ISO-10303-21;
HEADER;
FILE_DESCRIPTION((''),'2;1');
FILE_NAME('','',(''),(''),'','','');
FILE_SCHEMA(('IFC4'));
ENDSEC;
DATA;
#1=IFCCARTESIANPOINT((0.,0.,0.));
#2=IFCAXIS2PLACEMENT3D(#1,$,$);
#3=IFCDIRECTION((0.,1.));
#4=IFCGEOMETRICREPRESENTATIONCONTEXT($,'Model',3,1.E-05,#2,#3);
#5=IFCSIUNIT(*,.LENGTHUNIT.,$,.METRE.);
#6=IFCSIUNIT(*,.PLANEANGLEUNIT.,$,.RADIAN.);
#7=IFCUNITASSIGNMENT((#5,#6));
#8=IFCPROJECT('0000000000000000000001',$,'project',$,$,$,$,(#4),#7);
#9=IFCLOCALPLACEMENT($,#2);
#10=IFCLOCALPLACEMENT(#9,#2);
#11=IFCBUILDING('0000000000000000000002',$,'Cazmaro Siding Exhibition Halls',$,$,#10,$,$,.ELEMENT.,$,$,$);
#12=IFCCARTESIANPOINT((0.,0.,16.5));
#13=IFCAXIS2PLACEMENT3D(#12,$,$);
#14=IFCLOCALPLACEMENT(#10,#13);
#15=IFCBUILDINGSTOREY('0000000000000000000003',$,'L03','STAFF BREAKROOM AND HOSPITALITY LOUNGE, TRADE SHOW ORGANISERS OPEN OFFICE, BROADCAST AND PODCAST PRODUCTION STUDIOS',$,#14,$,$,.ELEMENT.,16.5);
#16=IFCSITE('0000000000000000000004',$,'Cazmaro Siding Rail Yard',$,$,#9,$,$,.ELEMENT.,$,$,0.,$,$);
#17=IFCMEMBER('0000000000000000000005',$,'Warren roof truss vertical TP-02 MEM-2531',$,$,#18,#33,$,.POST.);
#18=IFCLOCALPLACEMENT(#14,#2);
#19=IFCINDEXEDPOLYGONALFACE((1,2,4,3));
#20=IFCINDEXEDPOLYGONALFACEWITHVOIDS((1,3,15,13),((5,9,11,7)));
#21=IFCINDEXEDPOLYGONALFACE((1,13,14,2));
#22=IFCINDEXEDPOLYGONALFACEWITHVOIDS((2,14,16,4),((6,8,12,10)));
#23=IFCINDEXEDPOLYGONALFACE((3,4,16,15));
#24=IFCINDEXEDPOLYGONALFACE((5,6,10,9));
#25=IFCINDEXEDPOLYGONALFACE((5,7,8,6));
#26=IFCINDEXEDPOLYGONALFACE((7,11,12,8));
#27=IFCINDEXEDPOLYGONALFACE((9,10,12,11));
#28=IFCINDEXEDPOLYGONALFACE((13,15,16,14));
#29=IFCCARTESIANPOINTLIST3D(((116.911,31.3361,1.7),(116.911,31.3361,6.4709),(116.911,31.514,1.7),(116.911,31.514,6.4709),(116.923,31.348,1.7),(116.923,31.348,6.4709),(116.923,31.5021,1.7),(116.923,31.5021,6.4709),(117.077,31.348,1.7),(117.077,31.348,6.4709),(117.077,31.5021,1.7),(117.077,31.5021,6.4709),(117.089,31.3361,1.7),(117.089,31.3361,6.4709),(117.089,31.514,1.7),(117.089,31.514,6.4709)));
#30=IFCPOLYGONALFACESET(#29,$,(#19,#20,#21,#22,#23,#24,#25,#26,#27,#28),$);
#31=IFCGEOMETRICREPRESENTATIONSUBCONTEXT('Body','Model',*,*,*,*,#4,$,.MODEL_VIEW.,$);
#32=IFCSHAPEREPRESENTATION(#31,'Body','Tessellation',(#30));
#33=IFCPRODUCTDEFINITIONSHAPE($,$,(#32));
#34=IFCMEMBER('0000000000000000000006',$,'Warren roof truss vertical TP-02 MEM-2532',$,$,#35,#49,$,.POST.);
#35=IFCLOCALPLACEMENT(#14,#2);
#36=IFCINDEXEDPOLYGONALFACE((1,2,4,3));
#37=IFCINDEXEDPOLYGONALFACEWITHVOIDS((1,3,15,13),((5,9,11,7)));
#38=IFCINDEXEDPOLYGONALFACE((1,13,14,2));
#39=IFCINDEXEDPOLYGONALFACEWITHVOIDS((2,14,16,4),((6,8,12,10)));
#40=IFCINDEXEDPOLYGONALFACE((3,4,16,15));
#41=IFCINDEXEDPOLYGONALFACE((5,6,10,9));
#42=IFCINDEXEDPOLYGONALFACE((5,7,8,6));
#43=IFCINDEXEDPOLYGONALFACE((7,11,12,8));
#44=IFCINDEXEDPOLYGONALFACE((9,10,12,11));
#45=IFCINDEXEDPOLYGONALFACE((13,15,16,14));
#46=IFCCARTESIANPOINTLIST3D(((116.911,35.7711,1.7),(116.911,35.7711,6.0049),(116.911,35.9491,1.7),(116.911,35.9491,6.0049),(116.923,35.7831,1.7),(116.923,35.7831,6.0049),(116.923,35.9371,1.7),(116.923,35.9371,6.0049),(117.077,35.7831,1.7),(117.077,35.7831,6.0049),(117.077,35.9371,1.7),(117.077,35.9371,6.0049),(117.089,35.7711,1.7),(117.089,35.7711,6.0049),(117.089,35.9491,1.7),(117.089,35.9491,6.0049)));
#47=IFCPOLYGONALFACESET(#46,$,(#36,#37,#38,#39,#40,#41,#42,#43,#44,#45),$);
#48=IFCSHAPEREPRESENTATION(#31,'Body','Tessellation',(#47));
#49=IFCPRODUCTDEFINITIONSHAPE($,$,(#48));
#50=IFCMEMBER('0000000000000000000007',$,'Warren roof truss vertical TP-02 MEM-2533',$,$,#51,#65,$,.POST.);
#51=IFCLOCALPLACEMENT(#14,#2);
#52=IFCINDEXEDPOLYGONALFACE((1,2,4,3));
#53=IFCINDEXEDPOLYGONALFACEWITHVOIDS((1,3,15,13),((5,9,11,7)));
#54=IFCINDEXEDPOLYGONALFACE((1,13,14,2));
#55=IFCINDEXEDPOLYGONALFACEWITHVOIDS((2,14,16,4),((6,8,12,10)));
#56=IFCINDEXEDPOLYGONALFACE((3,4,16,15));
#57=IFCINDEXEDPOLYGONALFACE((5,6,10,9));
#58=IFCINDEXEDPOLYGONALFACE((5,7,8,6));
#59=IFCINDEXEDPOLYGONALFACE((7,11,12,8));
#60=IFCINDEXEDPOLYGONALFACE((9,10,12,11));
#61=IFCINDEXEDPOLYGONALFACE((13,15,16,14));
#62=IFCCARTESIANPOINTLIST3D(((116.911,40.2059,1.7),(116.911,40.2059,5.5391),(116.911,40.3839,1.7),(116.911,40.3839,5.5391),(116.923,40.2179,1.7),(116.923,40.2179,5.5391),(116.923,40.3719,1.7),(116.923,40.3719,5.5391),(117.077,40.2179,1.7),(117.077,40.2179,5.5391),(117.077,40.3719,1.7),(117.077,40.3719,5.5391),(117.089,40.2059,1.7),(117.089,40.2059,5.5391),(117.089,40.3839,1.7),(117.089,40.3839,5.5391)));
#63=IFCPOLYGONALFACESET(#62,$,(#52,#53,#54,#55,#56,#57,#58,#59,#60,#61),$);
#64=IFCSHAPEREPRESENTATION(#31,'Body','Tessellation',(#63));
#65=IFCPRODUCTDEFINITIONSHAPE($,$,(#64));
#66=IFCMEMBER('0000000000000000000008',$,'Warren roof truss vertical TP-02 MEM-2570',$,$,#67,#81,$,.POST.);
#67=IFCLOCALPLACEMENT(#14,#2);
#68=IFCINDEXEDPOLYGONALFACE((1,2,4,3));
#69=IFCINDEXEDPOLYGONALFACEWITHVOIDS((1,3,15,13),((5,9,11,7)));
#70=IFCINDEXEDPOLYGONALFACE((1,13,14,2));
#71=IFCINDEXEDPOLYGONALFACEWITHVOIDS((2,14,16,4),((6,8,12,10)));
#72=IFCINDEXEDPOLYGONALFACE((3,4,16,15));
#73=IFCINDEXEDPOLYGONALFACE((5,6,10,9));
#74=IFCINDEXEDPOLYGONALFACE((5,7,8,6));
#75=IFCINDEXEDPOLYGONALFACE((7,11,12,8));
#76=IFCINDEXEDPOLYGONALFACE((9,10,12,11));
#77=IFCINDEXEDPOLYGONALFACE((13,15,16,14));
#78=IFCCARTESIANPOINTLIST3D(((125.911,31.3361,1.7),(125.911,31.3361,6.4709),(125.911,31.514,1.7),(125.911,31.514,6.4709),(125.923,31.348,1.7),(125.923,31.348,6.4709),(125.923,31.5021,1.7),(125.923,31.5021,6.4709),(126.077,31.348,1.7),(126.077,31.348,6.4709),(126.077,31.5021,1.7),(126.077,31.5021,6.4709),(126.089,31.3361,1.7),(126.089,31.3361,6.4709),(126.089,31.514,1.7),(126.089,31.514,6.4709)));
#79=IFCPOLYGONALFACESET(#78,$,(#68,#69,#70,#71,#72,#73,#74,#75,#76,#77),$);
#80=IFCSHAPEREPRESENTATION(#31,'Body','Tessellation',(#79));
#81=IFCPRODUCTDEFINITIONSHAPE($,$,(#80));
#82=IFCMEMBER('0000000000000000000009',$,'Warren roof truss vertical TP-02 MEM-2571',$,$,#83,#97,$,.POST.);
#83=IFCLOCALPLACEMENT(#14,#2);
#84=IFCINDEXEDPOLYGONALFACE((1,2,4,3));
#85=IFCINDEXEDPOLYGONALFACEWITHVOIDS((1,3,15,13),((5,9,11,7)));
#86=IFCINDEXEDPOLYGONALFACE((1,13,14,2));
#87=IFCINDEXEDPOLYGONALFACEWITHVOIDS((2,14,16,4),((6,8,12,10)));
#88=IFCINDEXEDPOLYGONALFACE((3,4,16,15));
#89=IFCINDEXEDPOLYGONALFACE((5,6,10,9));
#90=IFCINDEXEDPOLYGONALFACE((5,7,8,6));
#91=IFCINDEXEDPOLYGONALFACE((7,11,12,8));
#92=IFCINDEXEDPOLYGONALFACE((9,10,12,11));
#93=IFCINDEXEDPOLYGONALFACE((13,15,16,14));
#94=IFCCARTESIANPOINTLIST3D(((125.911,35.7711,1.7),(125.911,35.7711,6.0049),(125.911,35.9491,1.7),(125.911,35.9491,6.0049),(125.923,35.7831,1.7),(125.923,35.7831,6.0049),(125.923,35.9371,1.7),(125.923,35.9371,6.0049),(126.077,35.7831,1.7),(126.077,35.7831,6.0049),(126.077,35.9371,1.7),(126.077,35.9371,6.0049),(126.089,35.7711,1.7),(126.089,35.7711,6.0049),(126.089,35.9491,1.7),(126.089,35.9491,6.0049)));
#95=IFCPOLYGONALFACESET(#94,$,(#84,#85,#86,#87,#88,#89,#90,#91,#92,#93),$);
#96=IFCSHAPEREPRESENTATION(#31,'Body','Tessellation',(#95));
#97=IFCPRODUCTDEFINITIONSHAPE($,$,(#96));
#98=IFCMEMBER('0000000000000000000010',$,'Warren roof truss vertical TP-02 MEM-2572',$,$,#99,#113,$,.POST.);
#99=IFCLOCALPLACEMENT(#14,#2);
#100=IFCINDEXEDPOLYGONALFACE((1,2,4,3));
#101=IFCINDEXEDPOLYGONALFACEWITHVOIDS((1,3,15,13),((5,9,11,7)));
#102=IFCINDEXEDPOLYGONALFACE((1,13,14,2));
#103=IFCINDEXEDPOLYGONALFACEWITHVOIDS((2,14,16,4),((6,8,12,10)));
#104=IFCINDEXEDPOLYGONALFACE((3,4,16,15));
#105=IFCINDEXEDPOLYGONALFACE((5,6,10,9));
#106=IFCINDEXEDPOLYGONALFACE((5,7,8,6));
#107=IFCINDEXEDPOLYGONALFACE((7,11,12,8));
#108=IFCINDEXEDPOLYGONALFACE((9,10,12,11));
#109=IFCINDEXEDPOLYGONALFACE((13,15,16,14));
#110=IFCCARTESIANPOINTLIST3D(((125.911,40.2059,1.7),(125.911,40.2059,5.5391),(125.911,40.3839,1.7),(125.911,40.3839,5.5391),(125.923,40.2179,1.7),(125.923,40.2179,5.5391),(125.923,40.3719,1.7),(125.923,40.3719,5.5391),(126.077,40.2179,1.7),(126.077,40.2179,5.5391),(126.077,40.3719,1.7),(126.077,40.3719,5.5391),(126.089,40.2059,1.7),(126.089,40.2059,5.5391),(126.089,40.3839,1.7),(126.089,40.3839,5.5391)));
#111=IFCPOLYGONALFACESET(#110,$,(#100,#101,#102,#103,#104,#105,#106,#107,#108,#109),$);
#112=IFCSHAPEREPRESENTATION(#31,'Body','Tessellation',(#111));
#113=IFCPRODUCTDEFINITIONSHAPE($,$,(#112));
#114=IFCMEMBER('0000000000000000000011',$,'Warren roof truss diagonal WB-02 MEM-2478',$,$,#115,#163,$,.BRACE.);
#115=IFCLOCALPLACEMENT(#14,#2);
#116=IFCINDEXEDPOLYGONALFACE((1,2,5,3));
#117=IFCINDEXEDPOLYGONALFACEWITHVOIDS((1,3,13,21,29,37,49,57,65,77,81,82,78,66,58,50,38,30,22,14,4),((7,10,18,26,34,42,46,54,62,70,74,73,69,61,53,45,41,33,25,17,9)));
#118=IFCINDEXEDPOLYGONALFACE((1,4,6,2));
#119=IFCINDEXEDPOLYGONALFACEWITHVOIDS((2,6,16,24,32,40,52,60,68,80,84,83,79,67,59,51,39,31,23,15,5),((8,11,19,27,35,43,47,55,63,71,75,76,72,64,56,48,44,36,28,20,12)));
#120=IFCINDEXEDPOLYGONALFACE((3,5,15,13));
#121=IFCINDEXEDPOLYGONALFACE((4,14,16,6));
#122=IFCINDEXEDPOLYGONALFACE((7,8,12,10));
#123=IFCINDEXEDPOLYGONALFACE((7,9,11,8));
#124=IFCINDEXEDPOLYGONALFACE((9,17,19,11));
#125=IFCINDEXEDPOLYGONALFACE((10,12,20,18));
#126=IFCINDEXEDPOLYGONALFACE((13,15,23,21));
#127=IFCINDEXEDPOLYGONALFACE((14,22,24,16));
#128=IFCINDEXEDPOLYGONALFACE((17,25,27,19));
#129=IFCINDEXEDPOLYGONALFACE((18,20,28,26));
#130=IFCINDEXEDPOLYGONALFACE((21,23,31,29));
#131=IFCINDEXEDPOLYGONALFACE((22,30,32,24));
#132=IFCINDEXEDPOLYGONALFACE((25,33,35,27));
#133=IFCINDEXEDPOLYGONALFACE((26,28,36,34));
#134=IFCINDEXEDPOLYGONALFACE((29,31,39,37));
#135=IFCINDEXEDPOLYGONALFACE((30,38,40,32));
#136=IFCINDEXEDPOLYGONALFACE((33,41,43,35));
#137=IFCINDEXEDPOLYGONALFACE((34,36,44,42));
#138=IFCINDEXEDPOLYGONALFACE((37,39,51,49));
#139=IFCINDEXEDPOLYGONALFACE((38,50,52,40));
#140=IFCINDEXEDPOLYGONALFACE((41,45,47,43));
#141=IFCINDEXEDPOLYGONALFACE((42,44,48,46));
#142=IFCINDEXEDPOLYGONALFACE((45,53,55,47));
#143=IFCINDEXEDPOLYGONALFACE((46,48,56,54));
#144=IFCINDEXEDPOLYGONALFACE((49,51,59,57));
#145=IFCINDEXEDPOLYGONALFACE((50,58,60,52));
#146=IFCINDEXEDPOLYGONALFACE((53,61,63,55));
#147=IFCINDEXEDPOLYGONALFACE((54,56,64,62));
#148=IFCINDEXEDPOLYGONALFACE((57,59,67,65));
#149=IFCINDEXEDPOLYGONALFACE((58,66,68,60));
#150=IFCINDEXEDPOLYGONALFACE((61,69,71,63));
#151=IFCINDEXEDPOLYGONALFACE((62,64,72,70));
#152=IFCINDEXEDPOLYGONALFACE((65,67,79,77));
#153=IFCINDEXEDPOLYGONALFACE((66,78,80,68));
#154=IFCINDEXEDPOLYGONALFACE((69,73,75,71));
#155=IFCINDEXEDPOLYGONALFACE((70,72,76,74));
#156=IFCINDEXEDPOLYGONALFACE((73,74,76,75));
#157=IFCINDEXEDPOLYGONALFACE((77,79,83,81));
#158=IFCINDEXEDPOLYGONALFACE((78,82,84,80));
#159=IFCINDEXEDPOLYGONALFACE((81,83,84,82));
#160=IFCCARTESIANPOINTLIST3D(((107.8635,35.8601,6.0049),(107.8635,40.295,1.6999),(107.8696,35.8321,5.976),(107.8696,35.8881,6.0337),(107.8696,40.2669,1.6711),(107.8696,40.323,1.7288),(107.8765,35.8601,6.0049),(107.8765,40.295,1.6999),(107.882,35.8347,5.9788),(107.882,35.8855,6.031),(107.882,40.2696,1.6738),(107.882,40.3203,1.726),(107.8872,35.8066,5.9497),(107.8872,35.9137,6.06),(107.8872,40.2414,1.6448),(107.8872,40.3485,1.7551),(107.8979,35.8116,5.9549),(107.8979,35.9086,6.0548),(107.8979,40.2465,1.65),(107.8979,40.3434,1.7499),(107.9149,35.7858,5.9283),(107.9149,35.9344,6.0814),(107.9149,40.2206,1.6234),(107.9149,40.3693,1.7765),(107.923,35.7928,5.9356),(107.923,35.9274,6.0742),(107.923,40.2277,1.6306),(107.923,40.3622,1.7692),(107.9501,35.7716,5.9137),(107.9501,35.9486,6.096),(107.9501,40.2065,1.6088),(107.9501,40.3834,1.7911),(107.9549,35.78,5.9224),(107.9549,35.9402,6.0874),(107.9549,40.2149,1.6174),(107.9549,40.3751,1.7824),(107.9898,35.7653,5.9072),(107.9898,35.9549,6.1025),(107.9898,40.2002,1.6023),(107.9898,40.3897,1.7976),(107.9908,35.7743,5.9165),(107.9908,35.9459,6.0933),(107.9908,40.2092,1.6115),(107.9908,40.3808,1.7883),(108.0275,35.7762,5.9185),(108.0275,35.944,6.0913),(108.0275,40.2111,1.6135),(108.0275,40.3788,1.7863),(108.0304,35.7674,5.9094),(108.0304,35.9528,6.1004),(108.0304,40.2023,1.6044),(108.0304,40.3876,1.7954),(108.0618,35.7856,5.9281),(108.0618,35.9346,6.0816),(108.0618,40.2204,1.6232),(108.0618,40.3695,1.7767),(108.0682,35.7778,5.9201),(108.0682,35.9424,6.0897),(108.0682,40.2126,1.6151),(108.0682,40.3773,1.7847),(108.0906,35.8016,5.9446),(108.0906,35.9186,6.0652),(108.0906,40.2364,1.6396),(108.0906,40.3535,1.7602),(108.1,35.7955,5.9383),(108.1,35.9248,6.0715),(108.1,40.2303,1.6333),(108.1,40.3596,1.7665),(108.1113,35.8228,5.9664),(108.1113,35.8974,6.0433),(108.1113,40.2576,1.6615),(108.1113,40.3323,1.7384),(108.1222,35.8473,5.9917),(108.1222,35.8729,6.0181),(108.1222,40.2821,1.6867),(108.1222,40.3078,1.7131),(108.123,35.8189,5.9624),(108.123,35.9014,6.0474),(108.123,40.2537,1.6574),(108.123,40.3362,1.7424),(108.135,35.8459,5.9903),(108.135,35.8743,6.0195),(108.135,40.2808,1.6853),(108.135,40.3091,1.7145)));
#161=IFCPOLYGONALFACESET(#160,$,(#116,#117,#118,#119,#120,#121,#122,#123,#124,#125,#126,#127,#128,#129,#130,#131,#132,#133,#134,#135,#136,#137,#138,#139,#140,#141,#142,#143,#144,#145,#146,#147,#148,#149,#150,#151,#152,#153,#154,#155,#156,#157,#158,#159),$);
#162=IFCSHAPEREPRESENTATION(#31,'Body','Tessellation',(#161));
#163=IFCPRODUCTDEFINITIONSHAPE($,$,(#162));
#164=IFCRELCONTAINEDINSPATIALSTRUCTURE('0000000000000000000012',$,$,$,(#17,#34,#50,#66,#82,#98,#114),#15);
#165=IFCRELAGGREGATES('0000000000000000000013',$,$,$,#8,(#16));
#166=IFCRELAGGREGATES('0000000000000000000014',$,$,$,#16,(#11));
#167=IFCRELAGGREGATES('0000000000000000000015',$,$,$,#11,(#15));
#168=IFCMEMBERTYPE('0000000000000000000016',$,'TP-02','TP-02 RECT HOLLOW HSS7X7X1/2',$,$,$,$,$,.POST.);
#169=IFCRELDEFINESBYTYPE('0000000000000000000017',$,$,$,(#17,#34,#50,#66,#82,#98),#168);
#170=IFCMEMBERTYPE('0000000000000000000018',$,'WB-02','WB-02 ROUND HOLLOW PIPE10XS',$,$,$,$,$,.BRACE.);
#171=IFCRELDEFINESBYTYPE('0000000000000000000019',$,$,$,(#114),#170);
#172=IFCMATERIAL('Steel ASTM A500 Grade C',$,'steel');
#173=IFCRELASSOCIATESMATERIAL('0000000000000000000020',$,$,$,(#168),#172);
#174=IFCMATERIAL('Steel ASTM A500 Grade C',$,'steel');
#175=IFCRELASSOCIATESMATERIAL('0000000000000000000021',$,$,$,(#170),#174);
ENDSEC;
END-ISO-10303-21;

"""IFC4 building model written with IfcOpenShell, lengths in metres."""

from ifc_helpers import new_model, si_unit, direction, frame, origin, origin_2d, place, context, subcontext, project, spatial, hollow_rectangle, hollow_circle, extrude, material, material_profile, profile_set, type_object, element, save


model = new_model("IFC4")

# Units and contexts
model_context = context("Model", 3, precision=1e-05, world=origin(), true_north=direction((0.0, 1.0)))
body_context = subcontext(model_context, "Body", "Model", "MODEL_VIEW")
ifc_project = project(units=[si_unit("LENGTHUNIT", "METRE"), si_unit("PLANEANGLEUNIT", "RADIAN")], contexts=[model_context])

# Site, building, storey
site_placement = place(None, origin())
site = spatial("IfcSite", under=ifc_project, at=site_placement, Name="Cazmaro Siding Rail Yard", CompositionType="ELEMENT", RefElevation=0.0)
building_placement = place(site_placement, origin())
building = spatial("IfcBuilding", under=site, at=building_placement, Name="Cazmaro Siding Exhibition Halls", CompositionType="ELEMENT")
storey_placement = place(building_placement, frame((0.0, 0.0, 16.5)))
storey = spatial("IfcBuildingStorey", under=building, at=storey_placement, Name="L03", Description="STAFF BREAKROOM AND HOSPITALITY LOUNGE, TRADE SHOW ORGANISERS OPEN OFFICE, BROADCAST AND PODCAST PRODUCTION STUDIOS", CompositionType="ELEMENT", Elevation=16.5)

# Members
ifc_material_1 = material(Name="Steel ASTM A500 Grade C", Category="steel")
ifc_material_profile_1 = material_profile(ifc_material_1, hollow_rectangle(XDim=0.178, YDim=0.178, WallThickness=0.012, at=origin_2d()), Name="HSS7X7X1/2")
ifc_profile_set_1 = profile_set([ifc_material_profile_1], Name="Steel ASTM A500 Grade C")
member_type_1 = type_object("IfcMemberType", Name="TP-02", Description="TP-02 RECT HOLLOW HSS7X7X1/2", PredefinedType="POST", material=ifc_profile_set_1)
member_1_placement = place(storey_placement, frame((117.0, 31.425, 1.7), z_axis=(0.0, 0.0, 1.0), x_axis=(1.0, 0.0, 0.0)))
element("IfcMember", 1, at=member_1_placement, inside=storey, type_object=member_type_1, Name="Warren roof truss vertical TP-02 MEM-2531", PredefinedType="POST", context=body_context, shape_type="SweptSolid", body=[
    extrude(hollow_rectangle(XDim=0.178, YDim=0.178, WallThickness=0.012, at=origin_2d()), origin(), (0.0, 0.0, 1.0), 4.771),
])
member_2_placement = place(storey_placement, frame((117.0, 35.8601, 1.7), z_axis=(0.0, 0.0, 1.0), x_axis=(1.0, 0.0, 0.0)))
element("IfcMember", 2, at=member_2_placement, inside=storey, type_object=member_type_1, Name="Warren roof truss vertical TP-02 MEM-2532", PredefinedType="POST", context=body_context, shape_type="SweptSolid", body=[
    extrude(hollow_rectangle(XDim=0.178, YDim=0.178, WallThickness=0.012, at=origin_2d()), origin(), (0.0, 0.0, 1.0), 4.3049),
])
member_3_placement = place(storey_placement, frame((117.0, 40.2949, 1.7), z_axis=(0.0, 0.0, 1.0), x_axis=(1.0, 0.0, 0.0)))
element("IfcMember", 3, at=member_3_placement, inside=storey, type_object=member_type_1, Name="Warren roof truss vertical TP-02 MEM-2533", PredefinedType="POST", context=body_context, shape_type="SweptSolid", body=[
    extrude(hollow_rectangle(XDim=0.178, YDim=0.178, WallThickness=0.012, at=origin_2d()), origin(), (0.0, 0.0, 1.0), 3.8391),
])
member_4_placement = place(storey_placement, frame((126.0, 31.425, 1.7), z_axis=(0.0, 0.0, 1.0), x_axis=(1.0, 0.0, 0.0)))
element("IfcMember", 4, at=member_4_placement, inside=storey, type_object=member_type_1, Name="Warren roof truss vertical TP-02 MEM-2570", PredefinedType="POST", context=body_context, shape_type="SweptSolid", body=[
    extrude(hollow_rectangle(XDim=0.178, YDim=0.178, WallThickness=0.012, at=origin_2d()), origin(), (0.0, 0.0, 1.0), 4.771),
])
member_5_placement = place(storey_placement, frame((126.0, 35.8601, 1.7), z_axis=(0.0, 0.0, 1.0), x_axis=(1.0, 0.0, 0.0)))
element("IfcMember", 5, at=member_5_placement, inside=storey, type_object=member_type_1, Name="Warren roof truss vertical TP-02 MEM-2571", PredefinedType="POST", context=body_context, shape_type="SweptSolid", body=[
    extrude(hollow_rectangle(XDim=0.178, YDim=0.178, WallThickness=0.012, at=origin_2d()), origin(), (0.0, 0.0, 1.0), 4.3049),
])
member_6_placement = place(storey_placement, frame((126.0, 40.2949, 1.7), z_axis=(0.0, 0.0, 1.0), x_axis=(1.0, 0.0, 0.0)))
element("IfcMember", 6, at=member_6_placement, inside=storey, type_object=member_type_1, Name="Warren roof truss vertical TP-02 MEM-2572", PredefinedType="POST", context=body_context, shape_type="SweptSolid", body=[
    extrude(hollow_rectangle(XDim=0.178, YDim=0.178, WallThickness=0.012, at=origin_2d()), origin(), (0.0, 0.0, 1.0), 3.8391),
])
ifc_material_2 = material(Name="Steel ASTM A500 Grade C", Category="steel")
ifc_material_profile_2 = material_profile(ifc_material_2, hollow_circle(Radius=0.1365, WallThickness=0.0129, at=origin_2d()), Name="PIPE10XS")
ifc_profile_set_2 = profile_set([ifc_material_profile_2], Name="Steel ASTM A500 Grade C")
member_type_2 = type_object("IfcMemberType", Name="WB-02", Description="WB-02 ROUND HOLLOW PIPE10XS", PredefinedType="BRACE", material=ifc_profile_set_2)
member_7_placement = place(storey_placement, frame((108.0, 35.8601, 6.0049), z_axis=(0.0, 0.717536, -0.696521), x_axis=(-1.0, 0.0, 0.0)))
element("IfcMember", 7, at=member_7_placement, inside=storey, type_object=member_type_2, Name="Warren roof truss diagonal WB-02 MEM-2478", PredefinedType="BRACE", context=body_context, shape_type="SweptSolid", body=[
    extrude(hollow_circle(Radius=0.1365, WallThickness=0.0129, at=origin_2d()), origin(), (0.0, 0.0, 1.0), 6.1807),
])

save(model, "model.ifc")
